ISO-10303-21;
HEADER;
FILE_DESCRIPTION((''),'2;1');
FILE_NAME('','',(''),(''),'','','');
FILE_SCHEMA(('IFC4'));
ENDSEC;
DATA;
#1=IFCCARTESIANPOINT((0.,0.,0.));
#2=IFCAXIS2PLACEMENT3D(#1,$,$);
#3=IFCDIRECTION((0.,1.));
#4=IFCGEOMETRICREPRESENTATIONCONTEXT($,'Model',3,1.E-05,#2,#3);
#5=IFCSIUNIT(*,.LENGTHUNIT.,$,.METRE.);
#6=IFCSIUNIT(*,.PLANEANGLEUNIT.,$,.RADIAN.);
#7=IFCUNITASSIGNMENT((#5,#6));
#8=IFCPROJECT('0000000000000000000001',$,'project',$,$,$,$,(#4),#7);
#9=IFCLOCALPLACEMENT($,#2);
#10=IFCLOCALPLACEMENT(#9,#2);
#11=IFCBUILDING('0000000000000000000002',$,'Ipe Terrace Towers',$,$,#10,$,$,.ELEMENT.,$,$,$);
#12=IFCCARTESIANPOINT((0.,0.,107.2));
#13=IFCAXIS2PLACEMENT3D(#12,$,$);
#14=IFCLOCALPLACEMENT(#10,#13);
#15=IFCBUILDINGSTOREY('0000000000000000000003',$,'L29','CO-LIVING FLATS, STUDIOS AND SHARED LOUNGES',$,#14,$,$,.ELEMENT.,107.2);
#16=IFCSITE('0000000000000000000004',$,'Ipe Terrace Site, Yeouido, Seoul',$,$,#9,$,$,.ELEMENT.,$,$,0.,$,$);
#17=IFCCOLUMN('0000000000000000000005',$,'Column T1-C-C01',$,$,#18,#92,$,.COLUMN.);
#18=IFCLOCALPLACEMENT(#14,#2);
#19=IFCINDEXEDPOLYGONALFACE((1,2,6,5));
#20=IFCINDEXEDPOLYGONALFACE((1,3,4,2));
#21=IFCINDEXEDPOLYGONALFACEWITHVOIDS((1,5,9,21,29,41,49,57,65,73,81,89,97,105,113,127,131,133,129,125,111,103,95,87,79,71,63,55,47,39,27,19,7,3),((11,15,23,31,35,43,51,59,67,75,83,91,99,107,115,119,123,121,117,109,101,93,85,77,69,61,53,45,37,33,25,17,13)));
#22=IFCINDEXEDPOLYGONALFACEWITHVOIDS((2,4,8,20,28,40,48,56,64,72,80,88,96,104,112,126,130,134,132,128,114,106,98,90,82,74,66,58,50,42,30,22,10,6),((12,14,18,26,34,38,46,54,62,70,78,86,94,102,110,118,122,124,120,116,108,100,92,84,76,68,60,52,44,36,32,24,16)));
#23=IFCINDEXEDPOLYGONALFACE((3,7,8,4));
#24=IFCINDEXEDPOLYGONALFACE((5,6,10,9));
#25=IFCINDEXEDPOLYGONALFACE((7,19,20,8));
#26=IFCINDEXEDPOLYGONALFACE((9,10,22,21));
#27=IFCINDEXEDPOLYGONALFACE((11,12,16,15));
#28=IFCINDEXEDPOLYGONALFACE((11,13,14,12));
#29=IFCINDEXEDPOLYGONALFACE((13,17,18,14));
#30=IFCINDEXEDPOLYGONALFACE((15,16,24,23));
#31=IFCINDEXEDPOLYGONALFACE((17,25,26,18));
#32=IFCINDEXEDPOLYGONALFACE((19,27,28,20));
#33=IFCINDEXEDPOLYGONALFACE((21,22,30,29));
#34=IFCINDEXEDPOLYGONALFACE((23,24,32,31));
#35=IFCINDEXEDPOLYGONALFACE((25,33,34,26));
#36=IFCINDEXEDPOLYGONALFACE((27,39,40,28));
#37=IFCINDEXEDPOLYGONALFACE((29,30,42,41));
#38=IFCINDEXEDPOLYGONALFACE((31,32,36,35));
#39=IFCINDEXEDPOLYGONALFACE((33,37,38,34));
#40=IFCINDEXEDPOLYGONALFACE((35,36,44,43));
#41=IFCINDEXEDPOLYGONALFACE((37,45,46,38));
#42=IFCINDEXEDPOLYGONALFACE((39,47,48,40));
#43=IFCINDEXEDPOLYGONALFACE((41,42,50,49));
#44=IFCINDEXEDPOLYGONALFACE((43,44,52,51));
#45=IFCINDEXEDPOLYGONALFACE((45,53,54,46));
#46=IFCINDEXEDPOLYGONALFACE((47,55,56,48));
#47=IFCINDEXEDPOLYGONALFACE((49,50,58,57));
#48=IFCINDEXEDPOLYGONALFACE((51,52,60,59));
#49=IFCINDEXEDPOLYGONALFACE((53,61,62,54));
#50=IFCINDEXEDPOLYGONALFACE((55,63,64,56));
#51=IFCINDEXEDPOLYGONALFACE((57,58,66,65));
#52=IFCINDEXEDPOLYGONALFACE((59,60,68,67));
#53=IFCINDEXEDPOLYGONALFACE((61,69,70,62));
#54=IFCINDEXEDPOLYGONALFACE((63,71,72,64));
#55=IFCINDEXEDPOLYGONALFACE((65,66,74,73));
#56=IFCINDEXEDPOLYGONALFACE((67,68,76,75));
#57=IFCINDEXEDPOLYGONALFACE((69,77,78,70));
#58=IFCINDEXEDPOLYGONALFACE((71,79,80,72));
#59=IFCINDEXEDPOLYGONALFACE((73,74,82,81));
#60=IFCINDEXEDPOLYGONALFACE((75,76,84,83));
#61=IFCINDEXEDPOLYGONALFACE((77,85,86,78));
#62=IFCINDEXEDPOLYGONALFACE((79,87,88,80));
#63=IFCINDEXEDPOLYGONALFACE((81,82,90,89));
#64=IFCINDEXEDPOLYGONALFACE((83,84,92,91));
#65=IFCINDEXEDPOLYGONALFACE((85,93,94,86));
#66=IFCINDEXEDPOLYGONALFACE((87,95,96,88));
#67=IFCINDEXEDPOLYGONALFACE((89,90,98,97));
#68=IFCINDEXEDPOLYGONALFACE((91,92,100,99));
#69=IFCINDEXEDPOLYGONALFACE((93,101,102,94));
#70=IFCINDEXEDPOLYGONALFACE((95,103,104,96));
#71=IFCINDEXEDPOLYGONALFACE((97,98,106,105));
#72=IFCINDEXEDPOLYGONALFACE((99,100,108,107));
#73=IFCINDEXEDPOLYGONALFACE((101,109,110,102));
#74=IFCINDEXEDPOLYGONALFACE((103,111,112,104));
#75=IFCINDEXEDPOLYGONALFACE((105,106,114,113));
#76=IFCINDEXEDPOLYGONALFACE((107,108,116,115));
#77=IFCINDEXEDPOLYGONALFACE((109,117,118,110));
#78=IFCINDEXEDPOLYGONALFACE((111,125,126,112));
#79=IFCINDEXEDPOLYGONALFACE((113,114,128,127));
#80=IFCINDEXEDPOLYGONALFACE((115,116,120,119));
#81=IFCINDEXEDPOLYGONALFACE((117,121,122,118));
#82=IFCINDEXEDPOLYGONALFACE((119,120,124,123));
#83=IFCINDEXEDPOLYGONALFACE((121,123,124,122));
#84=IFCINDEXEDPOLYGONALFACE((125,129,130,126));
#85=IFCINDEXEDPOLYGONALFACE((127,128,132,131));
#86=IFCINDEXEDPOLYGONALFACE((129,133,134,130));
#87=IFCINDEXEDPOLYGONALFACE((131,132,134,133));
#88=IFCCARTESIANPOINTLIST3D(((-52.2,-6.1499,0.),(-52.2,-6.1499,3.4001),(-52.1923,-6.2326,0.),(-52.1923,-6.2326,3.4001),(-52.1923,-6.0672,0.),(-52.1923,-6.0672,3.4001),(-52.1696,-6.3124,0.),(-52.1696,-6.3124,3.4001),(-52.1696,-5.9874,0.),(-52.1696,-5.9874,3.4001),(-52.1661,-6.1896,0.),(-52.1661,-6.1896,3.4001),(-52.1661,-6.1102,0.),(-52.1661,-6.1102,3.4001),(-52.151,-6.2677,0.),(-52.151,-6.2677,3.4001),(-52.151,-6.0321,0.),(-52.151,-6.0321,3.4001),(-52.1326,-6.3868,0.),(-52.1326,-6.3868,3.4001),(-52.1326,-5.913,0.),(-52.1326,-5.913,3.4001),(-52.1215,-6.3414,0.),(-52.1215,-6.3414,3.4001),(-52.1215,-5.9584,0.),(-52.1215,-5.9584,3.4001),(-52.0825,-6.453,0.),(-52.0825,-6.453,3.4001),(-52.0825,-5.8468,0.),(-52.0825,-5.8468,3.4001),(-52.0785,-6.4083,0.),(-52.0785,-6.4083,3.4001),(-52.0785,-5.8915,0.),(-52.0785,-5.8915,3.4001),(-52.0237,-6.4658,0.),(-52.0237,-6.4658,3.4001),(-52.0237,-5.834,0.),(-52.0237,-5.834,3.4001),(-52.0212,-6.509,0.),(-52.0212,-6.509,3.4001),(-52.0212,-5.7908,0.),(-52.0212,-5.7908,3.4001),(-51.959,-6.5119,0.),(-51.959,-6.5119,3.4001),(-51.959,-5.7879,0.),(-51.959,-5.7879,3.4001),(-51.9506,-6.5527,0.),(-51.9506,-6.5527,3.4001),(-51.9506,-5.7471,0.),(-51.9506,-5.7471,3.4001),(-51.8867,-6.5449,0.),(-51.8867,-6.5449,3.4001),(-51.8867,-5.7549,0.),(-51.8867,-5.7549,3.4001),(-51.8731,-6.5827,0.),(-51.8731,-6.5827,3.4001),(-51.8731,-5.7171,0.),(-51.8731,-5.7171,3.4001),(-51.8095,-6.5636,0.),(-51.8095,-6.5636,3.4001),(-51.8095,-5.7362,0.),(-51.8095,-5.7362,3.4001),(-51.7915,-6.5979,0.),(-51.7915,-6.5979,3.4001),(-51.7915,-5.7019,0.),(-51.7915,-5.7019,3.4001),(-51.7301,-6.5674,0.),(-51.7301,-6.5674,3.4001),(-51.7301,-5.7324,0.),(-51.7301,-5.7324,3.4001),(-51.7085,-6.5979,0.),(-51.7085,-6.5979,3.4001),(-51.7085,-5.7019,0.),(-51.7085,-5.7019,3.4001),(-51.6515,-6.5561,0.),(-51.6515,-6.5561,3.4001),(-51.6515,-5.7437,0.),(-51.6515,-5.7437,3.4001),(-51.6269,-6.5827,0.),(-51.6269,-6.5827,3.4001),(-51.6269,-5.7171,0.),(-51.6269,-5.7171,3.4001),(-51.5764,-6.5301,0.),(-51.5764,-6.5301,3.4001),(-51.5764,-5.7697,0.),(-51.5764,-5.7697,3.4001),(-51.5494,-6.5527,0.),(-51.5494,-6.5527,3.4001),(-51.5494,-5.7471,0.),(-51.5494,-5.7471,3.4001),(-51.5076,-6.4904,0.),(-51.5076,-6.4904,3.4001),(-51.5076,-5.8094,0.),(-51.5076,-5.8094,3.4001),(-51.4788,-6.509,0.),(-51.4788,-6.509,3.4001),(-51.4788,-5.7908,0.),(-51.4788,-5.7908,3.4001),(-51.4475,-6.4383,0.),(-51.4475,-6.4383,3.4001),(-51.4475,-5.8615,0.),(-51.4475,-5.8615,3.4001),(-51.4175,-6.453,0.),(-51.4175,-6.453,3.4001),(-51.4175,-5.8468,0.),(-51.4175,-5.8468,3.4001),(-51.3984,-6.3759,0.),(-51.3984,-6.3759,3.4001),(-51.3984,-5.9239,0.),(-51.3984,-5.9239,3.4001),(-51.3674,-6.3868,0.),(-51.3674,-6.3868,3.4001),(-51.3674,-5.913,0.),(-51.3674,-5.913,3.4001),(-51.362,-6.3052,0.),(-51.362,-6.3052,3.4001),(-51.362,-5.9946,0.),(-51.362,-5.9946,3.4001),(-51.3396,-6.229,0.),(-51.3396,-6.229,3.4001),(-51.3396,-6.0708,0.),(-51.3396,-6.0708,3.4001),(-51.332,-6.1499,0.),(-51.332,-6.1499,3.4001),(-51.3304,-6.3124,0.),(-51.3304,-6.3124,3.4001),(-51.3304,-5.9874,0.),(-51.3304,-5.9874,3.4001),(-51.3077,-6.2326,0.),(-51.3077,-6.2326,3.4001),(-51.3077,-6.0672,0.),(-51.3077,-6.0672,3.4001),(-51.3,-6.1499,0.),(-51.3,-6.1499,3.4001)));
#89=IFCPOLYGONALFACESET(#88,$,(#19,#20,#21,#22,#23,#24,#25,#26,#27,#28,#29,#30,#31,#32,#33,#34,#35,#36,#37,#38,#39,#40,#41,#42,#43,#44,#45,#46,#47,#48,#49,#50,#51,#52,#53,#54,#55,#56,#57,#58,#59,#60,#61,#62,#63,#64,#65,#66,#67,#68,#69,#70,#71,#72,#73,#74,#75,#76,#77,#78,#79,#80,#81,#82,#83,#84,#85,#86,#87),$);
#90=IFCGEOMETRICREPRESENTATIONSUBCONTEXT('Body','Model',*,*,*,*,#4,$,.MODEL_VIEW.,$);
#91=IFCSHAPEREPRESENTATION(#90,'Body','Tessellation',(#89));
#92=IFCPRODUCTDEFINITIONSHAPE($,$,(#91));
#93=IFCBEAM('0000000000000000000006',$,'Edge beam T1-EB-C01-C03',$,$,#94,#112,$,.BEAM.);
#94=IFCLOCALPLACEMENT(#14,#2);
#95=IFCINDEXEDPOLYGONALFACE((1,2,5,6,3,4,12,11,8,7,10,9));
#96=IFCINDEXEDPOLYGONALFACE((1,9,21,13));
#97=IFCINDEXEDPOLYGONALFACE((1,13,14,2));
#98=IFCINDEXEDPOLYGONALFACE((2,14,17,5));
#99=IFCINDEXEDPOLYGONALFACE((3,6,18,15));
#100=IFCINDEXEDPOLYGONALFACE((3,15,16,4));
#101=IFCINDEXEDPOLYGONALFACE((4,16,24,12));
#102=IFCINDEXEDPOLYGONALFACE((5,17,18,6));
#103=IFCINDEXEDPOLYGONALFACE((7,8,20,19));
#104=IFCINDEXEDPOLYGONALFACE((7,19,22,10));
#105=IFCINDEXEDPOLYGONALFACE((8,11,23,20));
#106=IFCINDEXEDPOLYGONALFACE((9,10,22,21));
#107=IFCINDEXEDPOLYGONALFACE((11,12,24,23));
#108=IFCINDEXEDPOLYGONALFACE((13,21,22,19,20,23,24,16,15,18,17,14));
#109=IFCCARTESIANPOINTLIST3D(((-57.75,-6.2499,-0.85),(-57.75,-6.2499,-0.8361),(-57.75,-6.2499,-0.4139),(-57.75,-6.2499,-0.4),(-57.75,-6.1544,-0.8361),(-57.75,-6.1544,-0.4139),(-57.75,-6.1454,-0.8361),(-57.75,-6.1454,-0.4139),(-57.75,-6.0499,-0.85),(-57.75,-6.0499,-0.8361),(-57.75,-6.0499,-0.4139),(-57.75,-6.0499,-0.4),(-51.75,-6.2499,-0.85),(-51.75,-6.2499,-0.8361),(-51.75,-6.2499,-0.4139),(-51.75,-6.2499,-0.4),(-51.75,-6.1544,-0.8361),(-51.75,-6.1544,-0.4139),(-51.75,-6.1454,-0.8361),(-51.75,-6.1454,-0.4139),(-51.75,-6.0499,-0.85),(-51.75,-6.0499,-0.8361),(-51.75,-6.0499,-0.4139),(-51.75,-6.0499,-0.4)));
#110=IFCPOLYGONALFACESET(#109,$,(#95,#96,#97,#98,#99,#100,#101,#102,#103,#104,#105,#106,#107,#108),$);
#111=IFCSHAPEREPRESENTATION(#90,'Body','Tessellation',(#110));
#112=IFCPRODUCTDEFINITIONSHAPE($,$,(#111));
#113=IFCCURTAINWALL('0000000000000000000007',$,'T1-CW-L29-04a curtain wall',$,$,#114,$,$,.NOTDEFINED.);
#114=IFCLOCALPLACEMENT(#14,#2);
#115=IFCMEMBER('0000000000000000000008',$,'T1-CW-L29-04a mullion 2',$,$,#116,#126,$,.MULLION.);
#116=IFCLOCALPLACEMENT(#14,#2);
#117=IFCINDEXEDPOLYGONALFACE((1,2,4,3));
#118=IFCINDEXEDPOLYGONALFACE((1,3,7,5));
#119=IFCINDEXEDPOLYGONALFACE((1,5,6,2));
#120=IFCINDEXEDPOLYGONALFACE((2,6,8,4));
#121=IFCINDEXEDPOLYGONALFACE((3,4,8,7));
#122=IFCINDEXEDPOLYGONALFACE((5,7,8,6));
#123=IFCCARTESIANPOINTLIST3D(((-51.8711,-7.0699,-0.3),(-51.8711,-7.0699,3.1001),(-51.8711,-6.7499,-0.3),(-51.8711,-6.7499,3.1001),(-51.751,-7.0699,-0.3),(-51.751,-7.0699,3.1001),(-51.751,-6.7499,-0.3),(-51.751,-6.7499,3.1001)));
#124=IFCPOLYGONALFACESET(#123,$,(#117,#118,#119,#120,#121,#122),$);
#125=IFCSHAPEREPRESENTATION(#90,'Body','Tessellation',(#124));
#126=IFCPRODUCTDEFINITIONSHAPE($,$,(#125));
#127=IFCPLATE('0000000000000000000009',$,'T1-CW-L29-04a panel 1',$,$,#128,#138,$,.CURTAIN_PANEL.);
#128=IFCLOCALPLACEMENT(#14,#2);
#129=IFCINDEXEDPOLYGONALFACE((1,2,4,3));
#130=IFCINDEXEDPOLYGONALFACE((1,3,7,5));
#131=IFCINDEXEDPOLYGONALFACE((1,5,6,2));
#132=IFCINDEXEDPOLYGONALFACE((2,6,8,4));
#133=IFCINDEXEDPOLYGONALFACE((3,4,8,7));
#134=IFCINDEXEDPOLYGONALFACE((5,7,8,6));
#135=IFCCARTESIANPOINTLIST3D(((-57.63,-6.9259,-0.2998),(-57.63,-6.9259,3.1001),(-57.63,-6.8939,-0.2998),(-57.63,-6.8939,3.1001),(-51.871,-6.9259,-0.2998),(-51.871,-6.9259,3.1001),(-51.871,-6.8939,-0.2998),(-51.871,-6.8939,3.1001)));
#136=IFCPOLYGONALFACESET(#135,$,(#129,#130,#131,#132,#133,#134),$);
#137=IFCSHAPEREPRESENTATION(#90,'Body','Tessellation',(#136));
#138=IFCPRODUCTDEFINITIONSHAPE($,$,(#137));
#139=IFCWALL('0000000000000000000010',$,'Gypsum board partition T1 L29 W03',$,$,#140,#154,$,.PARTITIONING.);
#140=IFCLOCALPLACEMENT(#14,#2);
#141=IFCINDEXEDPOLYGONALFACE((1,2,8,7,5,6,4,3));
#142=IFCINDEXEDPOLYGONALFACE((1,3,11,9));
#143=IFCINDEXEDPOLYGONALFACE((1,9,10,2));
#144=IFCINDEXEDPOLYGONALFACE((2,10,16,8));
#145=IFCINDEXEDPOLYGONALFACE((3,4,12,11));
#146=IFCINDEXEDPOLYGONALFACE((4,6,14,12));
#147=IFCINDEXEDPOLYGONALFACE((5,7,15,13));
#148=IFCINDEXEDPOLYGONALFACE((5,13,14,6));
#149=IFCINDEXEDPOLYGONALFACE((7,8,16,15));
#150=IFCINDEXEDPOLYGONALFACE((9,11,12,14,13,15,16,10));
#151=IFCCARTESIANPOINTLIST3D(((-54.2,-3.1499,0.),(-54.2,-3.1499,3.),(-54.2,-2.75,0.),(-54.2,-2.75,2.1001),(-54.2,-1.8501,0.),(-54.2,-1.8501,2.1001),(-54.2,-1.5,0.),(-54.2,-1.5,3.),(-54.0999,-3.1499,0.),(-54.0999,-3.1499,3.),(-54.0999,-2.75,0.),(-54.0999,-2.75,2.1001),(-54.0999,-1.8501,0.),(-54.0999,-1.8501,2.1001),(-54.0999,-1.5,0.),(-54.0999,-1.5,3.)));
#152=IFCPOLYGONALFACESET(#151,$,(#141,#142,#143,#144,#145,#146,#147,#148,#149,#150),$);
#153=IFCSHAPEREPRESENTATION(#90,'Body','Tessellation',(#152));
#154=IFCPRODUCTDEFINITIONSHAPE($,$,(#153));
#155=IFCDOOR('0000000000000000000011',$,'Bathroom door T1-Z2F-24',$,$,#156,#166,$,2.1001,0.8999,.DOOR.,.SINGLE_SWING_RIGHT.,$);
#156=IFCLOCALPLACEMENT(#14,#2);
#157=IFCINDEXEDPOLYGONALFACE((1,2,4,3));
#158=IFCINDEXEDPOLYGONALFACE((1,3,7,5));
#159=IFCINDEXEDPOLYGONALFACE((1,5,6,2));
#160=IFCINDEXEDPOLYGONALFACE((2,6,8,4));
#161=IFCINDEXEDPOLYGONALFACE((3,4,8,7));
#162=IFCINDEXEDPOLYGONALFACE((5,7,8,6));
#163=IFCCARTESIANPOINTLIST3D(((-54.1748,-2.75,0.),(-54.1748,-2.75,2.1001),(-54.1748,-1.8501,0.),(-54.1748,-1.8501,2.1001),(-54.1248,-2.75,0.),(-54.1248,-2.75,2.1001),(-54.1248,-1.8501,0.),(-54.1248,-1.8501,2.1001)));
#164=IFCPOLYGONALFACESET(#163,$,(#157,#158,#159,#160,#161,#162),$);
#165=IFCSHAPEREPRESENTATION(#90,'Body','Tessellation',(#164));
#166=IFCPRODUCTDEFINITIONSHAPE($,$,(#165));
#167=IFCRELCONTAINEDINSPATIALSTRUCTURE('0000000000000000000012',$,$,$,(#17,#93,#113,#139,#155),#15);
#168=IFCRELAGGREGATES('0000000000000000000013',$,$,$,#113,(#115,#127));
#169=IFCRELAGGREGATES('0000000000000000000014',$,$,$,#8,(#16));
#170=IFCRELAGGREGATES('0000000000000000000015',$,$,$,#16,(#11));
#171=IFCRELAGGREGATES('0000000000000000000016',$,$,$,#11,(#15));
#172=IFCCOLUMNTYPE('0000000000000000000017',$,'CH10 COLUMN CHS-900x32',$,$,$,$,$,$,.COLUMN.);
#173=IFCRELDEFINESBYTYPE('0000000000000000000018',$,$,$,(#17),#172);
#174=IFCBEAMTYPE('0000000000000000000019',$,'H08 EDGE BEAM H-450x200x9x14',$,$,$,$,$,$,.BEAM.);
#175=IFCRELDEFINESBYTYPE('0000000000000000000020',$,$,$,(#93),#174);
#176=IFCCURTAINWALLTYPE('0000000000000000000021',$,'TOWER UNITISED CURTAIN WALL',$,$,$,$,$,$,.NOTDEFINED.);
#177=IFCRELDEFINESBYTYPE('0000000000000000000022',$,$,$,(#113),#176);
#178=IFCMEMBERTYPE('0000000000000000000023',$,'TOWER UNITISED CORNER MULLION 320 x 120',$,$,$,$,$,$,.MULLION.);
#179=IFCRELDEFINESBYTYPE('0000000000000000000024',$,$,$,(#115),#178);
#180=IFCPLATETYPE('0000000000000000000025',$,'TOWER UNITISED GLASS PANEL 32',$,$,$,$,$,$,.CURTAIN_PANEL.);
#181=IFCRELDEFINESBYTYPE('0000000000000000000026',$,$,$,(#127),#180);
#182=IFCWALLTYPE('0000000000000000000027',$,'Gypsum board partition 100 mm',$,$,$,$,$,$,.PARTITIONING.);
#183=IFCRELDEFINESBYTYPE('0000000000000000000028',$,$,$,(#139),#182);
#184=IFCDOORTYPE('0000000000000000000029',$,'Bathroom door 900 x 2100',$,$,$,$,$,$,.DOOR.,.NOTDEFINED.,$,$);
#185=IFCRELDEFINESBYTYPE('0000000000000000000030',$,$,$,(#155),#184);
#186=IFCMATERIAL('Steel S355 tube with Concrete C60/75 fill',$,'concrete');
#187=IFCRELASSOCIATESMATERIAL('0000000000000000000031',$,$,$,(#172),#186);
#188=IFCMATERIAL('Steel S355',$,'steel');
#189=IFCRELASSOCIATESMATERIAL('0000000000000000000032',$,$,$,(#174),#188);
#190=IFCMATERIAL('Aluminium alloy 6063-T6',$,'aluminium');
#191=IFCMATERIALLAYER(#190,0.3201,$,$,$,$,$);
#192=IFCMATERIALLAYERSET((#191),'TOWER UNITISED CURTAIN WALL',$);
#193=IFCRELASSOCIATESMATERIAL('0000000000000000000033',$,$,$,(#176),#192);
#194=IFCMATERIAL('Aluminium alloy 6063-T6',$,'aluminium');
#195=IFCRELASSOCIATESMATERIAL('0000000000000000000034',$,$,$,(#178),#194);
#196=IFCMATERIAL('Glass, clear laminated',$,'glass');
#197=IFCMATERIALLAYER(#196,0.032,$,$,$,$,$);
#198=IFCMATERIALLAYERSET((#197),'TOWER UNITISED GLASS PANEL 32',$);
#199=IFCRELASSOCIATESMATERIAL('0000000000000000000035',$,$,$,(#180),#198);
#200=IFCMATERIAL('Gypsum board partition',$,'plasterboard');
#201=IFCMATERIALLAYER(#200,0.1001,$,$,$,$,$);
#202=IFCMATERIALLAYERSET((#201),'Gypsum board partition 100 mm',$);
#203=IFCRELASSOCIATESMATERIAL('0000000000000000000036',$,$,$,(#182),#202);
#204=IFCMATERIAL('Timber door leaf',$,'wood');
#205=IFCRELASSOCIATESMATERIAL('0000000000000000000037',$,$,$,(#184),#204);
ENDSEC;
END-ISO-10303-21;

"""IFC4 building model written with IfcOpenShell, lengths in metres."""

from ifc_helpers import new_model, si_unit, direction, frame, frame_2d, origin, origin_2d, place, context, subcontext, project, spatial, rectangle, hollow_circle, i_section, extrude, material, layer, layer_set, material_profile, profile_set, type_object, element, fill, aggregate, save


model = new_model("IFC4")

# Units and contexts
model_context = context("Model", 3, precision=1e-05, world=origin(), true_north=direction((0.0, 1.0)))
body_context = subcontext(model_context, "Body", "Model", "MODEL_VIEW")
ifc_project = project(units=[si_unit("LENGTHUNIT", "METRE"), si_unit("PLANEANGLEUNIT", "RADIAN")], contexts=[model_context])

# Site, building, storey
site_placement = place(None, origin())
site = spatial("IfcSite", under=ifc_project, at=site_placement, Name="Ipe Terrace Site, Yeouido, Seoul", CompositionType="ELEMENT", RefElevation=0.0)
building_placement = place(site_placement, origin())
building = spatial("IfcBuilding", under=site, at=building_placement, Name="Ipe Terrace Towers", CompositionType="ELEMENT")
storey_placement = place(building_placement, frame((0.0, 0.0, 107.2)))
storey = spatial("IfcBuildingStorey", under=building, at=storey_placement, Name="L29", Description="CO-LIVING FLATS, STUDIOS AND SHARED LOUNGES", CompositionType="ELEMENT", Elevation=107.2)

# Column
ifc_material_1 = material(Name="Steel S355 tube with Concrete C60/75 fill", Category="concrete")
ifc_material_profile_1 = material_profile(ifc_material_1, hollow_circle(Radius=0.45, WallThickness=0.032, at=origin_2d()), Name="CHS-900x32")
ifc_profile_set_1 = profile_set([ifc_material_profile_1], Name="Steel S355 tube with Concrete C60/75 fill")
column_type = type_object("IfcColumnType", Name="CH10 COLUMN CHS-900x32", PredefinedType="COLUMN", material=ifc_profile_set_1)
column_placement = place(storey_placement, frame((-51.75, -6.1499, 0.0), z_axis=(0.0, 0.0, 1.0), x_axis=(1.0, 0.0, 0.0)))
element("IfcColumn", 1, at=column_placement, inside=storey, type_object=column_type, Name="Column T1-C-C01", PredefinedType="COLUMN", context=body_context, shape_type="SweptSolid", body=[
    extrude(hollow_circle(Radius=0.45, WallThickness=0.032, at=origin_2d()), origin(), (0.0, 0.0, 1.0), 3.4001),
])

# Beam
ifc_material_2 = material(Name="Steel S355", Category="steel")
ifc_material_profile_2 = material_profile(ifc_material_2, i_section(OverallWidth=0.2, OverallDepth=0.45, WebThickness=0.009, FlangeThickness=0.0139, at=origin_2d()), Name="H-450x200x9x14")
ifc_profile_set_2 = profile_set([ifc_material_profile_2], Name="Steel S355")
beam_type = type_object("IfcBeamType", Name="H08 EDGE BEAM H-450x200x9x14", PredefinedType="BEAM", material=ifc_profile_set_2)
beam_placement = place(storey_placement, frame((-51.75, -6.1499, -0.625), z_axis=(-1.0, 0.0, 0.0), x_axis=(0.0, -1.0, 0.0)))
element("IfcBeam", 2, at=beam_placement, inside=storey, type_object=beam_type, Name="Edge beam T1-EB-C01-C03", PredefinedType="BEAM", context=body_context, shape_type="SweptSolid", body=[
    extrude(i_section(OverallWidth=0.2, OverallDepth=0.45, WebThickness=0.009, FlangeThickness=0.0139, at=origin_2d()), origin(), (0.0, 0.0, 1.0), 6.0),
])

# Curtain wall, member, plate
ifc_material_3 = material(Name="Aluminium alloy 6063-T6", Category="aluminium")
ifc_layer_1 = layer(ifc_material_3, 0.3201)
ifc_layer_set_1 = layer_set([ifc_layer_1], Name="TOWER UNITISED CURTAIN WALL")
curtain_wall_type = type_object("IfcCurtainWallType", Name="TOWER UNITISED CURTAIN WALL", PredefinedType="NOTDEFINED", material=ifc_layer_set_1)
curtain_wall_placement = place(storey_placement, origin())
curtain_wall = element("IfcCurtainWall", 3, at=curtain_wall_placement, inside=storey, type_object=curtain_wall_type, Name="T1-CW-L29-04a curtain wall", PredefinedType="NOTDEFINED")
ifc_material_4 = material(Name="Aluminium alloy 6063-T6", Category="aluminium")
ifc_material_profile_3 = material_profile(ifc_material_4, rectangle(XDim=0.3201, YDim=0.1201, at=origin_2d()), Name="TOWER UNITISED CORNER MULLION 320 x 120")
ifc_profile_set_3 = profile_set([ifc_material_profile_3], Name="Aluminium alloy 6063-T6")
member_type = type_object("IfcMemberType", Name="TOWER UNITISED CORNER MULLION 320 x 120", PredefinedType="MULLION", material=ifc_profile_set_3)
member_placement = place(storey_placement, frame((-51.811, -6.9099, -0.3), z_axis=(0.0, 0.0, 1.0), x_axis=(0.0, -1.0, 0.0)))
member = element("IfcMember", 4, at=member_placement, type_object=member_type, Name="T1-CW-L29-04a mullion 2", PredefinedType="MULLION", context=body_context, shape_type="SweptSolid", body=[
    extrude(rectangle(XDim=0.3201, YDim=0.1201, at=origin_2d()), origin(), (0.0, 0.0, 1.0), 3.4001),
])
ifc_material_5 = material(Name="Glass, clear laminated", Category="glass")
ifc_layer_2 = layer(ifc_material_5, 0.032)
ifc_layer_set_2 = layer_set([ifc_layer_2], Name="TOWER UNITISED GLASS PANEL 32")
plate_type = type_object("IfcPlateType", Name="TOWER UNITISED GLASS PANEL 32", PredefinedType="CURTAIN_PANEL", material=ifc_layer_set_2)
plate_placement = place(storey_placement, frame((-54.7505, -6.9099, -0.2998), z_axis=(0.0, 0.0, 1.0), x_axis=(1.0, 0.0, 0.0)))
plate = element("IfcPlate", 5, at=plate_placement, type_object=plate_type, Name="T1-CW-L29-04a panel 1", PredefinedType="CURTAIN_PANEL", context=body_context, shape_type="SweptSolid", body=[
    extrude(rectangle(XDim=5.759, YDim=0.032, at=origin_2d()), origin(), (0.0, 0.0, 1.0), 3.3999),
])
aggregate(curtain_wall, [member, plate])

# Wall, opening, door
ifc_material_6 = material(Name="Gypsum board partition", Category="plasterboard")
ifc_layer_3 = layer(ifc_material_6, 0.1001)
ifc_layer_set_3 = layer_set([ifc_layer_3], Name="Gypsum board partition 100 mm")
wall_type_1 = type_object("IfcWallType", Name="Gypsum board partition 100 mm", PredefinedType="PARTITIONING", material=ifc_layer_set_3)
wall_1_placement = place(storey_placement, frame((-54.1499, -3.1499, 0.0), z_axis=(0.0, 0.0, 1.0), x_axis=(0.0, 1.0, 0.0)))
wall_1 = element("IfcWall", 6, at=wall_1_placement, inside=storey, type_object=wall_type_1, Name="Gypsum board partition T1 L29 W03", PredefinedType="PARTITIONING", context=body_context, shape_type="SweptSolid", body=[
    extrude(rectangle(XDim=1.6499, YDim=0.1001, at=frame_2d((0.825, 0.0))), origin(), (0.0, 0.0, 1.0), 3.0),
])
opening_1_placement = place(wall_1_placement, frame((0.3999, 0.0, 0.0)))
opening_1 = element("IfcOpeningElement", 7, at=opening_1_placement, cuts=wall_1, PredefinedType="OPENING", context=body_context, shape_type="SweptSolid", body=[
    extrude(rectangle(XDim=0.8999, YDim=2.1001, at=frame_2d((0.45, 1.05))), frame((0.0, 0.0601, 0.0), z_axis=(0.0, -1.0, 0.0), x_axis=(1.0, 0.0, 0.0)), (0.0, 0.0, 1.0), 0.1201),
])
ifc_material_7 = material(Name="Timber door leaf", Category="wood")
door_type_1 = type_object("IfcDoorType", Name="Bathroom door 900 x 2100", OperationType="NOTDEFINED", PredefinedType="DOOR", material=ifc_material_7)
door_1_placement = place(opening_1_placement, origin())
door_1 = element("IfcDoor", 8, at=door_1_placement, inside=storey, type_object=door_type_1, Name="Bathroom door T1-Z2F-24", OperationType="SINGLE_SWING_RIGHT", OverallHeight=2.1001, OverallWidth=0.8999, PredefinedType="DOOR", context=body_context, shape_type="SweptSolid", body=[
    extrude(rectangle(XDim=0.8999, YDim=2.1001, at=frame_2d((0.45, 1.05))), frame((0.0, 0.0249, 0.0), z_axis=(0.0, -1.0, 0.0), x_axis=(1.0, 0.0, 0.0)), (0.0, 0.0, 1.0), 0.05),
])
fill(opening_1, door_1)

save(model, "model.ifc")
